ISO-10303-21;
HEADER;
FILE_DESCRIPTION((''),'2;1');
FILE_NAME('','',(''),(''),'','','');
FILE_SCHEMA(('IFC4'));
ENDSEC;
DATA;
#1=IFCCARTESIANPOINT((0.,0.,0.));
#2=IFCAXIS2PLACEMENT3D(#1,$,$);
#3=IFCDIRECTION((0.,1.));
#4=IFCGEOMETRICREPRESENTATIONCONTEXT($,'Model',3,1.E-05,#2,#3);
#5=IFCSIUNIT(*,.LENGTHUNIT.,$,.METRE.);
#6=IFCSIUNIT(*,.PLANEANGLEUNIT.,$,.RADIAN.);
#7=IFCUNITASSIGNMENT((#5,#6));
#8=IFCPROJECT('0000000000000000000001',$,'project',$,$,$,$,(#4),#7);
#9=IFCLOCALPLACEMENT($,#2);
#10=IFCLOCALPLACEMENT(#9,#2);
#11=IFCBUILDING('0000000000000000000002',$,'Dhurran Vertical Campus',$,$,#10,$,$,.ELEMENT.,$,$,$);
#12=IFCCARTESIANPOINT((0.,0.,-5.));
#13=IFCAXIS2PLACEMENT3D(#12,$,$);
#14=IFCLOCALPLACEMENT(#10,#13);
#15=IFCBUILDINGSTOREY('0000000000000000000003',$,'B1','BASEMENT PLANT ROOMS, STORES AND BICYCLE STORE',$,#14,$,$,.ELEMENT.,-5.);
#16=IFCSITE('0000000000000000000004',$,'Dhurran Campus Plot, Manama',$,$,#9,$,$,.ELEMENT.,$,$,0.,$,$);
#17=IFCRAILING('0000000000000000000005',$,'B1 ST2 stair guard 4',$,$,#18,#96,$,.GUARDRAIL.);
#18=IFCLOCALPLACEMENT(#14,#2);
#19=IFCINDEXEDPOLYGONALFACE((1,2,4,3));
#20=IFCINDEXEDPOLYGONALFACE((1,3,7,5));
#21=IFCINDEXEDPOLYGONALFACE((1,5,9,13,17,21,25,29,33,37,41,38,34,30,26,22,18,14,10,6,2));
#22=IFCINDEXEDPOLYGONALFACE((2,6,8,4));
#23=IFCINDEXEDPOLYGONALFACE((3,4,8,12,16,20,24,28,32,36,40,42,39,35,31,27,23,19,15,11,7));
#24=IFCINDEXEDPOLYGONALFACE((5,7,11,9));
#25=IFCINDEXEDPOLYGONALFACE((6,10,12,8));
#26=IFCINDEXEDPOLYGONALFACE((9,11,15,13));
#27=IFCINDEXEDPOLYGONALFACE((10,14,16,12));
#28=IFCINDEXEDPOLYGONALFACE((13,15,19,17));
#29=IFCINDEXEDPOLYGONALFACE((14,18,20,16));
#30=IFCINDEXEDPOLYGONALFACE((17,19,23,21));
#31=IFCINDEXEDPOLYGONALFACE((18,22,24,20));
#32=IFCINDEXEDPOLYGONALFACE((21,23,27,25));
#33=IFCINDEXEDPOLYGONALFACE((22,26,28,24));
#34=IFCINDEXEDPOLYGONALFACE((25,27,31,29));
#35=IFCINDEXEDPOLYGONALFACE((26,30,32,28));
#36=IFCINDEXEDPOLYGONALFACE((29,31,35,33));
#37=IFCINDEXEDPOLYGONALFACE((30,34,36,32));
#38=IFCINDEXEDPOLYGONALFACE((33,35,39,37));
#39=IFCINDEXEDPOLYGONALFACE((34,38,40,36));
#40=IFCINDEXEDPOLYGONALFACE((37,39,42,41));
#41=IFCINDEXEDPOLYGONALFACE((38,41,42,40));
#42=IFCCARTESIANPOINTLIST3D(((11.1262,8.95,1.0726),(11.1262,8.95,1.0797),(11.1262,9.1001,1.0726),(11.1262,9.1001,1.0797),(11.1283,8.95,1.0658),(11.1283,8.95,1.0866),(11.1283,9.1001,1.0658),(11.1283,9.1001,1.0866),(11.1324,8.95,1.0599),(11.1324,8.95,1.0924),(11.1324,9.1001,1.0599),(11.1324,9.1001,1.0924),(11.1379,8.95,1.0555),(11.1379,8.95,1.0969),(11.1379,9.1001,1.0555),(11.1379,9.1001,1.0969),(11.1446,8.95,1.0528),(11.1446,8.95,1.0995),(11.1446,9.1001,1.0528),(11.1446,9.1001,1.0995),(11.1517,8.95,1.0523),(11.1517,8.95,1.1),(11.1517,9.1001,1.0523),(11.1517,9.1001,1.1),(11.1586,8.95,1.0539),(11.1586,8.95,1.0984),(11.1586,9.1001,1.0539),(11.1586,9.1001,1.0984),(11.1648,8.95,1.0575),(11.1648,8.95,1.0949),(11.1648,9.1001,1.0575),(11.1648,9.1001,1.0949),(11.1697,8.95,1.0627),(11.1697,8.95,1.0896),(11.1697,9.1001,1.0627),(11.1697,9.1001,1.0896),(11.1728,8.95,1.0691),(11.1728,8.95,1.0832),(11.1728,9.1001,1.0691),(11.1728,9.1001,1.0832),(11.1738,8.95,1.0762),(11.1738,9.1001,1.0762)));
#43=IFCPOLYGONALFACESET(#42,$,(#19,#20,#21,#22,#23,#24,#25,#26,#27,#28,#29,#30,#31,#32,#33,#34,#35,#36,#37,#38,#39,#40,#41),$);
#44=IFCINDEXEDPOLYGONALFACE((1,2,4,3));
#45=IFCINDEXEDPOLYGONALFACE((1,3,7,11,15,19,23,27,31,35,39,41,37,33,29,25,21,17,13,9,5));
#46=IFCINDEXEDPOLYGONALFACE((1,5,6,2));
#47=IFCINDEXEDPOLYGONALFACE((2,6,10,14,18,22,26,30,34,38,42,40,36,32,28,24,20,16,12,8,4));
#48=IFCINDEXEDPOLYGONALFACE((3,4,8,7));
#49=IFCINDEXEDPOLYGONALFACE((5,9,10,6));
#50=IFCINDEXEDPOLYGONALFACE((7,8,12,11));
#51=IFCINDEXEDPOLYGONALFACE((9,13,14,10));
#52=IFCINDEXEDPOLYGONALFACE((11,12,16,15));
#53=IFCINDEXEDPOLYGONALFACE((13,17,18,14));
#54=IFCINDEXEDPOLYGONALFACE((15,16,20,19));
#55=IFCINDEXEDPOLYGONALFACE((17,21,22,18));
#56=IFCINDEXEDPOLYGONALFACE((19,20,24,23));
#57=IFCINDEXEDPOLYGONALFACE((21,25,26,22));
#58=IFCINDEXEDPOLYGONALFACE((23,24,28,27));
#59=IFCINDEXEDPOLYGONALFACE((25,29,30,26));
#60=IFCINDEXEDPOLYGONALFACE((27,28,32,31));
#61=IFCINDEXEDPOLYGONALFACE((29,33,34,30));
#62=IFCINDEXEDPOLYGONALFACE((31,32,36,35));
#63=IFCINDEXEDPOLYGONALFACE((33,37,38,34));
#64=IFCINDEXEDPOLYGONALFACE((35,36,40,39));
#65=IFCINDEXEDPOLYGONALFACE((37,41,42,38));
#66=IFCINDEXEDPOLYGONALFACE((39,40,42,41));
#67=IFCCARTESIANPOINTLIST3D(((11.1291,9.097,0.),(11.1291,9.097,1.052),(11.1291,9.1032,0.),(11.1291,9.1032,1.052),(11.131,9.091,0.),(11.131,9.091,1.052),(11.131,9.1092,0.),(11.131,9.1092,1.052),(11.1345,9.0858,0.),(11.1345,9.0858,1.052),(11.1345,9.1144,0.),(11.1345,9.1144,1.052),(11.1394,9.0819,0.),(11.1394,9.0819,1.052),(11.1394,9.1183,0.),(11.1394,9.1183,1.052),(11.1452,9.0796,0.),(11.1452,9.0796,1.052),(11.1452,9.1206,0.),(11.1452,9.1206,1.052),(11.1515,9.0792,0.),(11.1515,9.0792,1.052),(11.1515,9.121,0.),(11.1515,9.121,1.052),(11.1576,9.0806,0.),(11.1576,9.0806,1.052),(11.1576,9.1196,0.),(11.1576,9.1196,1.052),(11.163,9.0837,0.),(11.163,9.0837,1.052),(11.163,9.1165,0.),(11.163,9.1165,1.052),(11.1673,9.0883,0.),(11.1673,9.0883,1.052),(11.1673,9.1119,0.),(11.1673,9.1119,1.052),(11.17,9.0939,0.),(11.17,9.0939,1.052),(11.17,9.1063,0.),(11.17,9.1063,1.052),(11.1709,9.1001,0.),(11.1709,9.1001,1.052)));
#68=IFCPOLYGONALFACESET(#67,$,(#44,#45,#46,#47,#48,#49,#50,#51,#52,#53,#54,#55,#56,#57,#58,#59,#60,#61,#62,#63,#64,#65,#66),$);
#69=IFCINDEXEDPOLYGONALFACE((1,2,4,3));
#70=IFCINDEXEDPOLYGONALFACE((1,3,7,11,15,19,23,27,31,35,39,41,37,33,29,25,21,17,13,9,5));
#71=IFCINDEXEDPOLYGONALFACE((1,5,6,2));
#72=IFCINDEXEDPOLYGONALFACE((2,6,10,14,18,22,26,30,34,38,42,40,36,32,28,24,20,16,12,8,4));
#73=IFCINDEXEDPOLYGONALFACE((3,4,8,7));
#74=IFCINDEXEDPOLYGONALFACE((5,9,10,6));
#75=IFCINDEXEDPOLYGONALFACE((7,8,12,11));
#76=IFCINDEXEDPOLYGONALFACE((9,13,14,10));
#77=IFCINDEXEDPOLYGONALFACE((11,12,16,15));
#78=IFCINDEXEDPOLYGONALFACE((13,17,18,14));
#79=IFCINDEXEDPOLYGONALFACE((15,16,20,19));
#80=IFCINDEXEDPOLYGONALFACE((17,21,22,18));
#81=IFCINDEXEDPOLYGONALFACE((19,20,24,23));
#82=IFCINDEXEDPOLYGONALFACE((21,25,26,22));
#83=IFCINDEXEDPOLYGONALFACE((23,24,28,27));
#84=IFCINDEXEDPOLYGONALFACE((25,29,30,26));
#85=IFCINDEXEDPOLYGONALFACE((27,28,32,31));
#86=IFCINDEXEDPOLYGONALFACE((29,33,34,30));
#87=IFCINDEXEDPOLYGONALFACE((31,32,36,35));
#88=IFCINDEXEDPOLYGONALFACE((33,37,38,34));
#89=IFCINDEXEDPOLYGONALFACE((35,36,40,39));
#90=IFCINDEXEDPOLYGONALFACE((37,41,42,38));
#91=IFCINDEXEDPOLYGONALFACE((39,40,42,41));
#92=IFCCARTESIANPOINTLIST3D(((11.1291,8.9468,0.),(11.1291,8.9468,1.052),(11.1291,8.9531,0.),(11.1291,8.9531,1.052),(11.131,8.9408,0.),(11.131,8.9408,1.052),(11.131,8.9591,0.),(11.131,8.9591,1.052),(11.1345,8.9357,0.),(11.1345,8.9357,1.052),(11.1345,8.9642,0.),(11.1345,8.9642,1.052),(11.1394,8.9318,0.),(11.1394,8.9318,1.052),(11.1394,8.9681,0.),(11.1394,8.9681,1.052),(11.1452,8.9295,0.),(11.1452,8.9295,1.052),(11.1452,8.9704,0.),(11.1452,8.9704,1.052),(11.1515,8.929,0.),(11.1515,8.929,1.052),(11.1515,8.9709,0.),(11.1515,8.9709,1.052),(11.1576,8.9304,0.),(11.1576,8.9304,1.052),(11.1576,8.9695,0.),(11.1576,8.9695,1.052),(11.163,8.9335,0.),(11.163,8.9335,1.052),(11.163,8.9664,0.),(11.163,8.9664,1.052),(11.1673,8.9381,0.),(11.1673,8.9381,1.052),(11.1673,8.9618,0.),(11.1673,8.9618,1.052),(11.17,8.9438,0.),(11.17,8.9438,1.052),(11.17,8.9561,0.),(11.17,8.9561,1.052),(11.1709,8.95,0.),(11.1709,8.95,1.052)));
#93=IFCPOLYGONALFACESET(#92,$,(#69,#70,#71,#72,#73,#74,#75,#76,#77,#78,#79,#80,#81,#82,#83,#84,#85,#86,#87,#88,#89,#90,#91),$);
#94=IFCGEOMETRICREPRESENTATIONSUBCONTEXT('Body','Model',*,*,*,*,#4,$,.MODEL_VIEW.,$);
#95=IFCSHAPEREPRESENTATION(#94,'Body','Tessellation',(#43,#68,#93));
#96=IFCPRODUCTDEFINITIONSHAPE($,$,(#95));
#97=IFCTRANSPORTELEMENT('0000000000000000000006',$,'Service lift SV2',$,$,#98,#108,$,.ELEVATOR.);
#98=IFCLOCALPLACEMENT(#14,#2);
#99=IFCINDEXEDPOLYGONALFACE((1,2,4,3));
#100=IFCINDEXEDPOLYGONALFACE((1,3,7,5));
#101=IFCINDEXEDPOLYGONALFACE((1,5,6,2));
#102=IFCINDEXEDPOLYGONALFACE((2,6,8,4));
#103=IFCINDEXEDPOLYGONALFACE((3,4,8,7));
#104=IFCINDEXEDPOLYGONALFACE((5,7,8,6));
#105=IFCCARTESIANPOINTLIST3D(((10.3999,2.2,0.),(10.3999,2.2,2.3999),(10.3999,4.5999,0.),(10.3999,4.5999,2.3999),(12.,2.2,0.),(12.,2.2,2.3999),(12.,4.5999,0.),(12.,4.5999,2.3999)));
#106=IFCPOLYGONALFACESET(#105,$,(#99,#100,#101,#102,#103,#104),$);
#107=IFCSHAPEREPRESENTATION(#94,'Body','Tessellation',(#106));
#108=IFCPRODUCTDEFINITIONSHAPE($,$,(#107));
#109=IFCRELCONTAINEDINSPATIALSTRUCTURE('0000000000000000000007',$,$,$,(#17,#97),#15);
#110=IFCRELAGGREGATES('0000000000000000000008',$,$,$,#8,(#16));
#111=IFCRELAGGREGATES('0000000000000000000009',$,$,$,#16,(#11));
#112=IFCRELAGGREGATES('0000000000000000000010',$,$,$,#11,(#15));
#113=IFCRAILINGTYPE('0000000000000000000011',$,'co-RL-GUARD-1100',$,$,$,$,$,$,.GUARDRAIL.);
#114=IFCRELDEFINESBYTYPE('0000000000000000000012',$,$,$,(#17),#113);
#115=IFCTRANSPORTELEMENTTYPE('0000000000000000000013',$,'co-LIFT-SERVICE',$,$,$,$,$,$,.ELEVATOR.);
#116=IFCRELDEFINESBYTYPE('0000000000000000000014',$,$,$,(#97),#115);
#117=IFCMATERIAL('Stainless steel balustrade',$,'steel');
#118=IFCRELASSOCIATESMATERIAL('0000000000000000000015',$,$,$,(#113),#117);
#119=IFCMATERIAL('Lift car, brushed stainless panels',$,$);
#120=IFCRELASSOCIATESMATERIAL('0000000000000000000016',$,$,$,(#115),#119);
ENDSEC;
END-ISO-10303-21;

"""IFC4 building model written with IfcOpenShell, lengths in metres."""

from ifc_helpers import new_model, si_unit, direction, frame, origin, origin_2d, place, context, subcontext, project, spatial, rectangle, circle, extrude, material, type_object, element, save


model = new_model("IFC4")

# Units and contexts
model_context = context("Model", 3, precision=1e-05, world=origin(), true_north=direction((0.0, 1.0)))
body_context = subcontext(model_context, "Body", "Model", "MODEL_VIEW")
ifc_project = project(units=[si_unit("LENGTHUNIT", "METRE"), si_unit("PLANEANGLEUNIT", "RADIAN")], contexts=[model_context])

# Site, building, storey
site_placement = place(None, origin())
site = spatial("IfcSite", under=ifc_project, at=site_placement, Name="Dhurran Campus Plot, Manama", CompositionType="ELEMENT", RefElevation=0.0)
building_placement = place(site_placement, origin())
building = spatial("IfcBuilding", under=site, at=building_placement, Name="Dhurran Vertical Campus", CompositionType="ELEMENT")
storey_placement = place(building_placement, frame((0.0, 0.0, -5.0)))
storey = spatial("IfcBuildingStorey", under=building, at=storey_placement, Name="B1", Description="BASEMENT PLANT ROOMS, STORES AND BICYCLE STORE", CompositionType="ELEMENT", Elevation=-5.0)

# Railing
ifc_material_1 = material(Name="Stainless steel balustrade", Category="steel")
railing_type = type_object("IfcRailingType", Name="co-RL-GUARD-1100", PredefinedType="GUARDRAIL", material=ifc_material_1)
railing_placement = place(storey_placement, frame((11.1499, 9.1001, 0.0)))
element("IfcRailing", 1, at=railing_placement, inside=storey, type_object=railing_type, Name="B1 ST2 stair guard 4", PredefinedType="GUARDRAIL", context=body_context, shape_type="SweptSolid", body=[
    extrude(circle(Radius=0.0239, at=origin_2d()), frame((0.0, 0.0, 1.0762), z_axis=(0.0, -1.0, 0.0), x_axis=(1.0, 0.0, 0.0)), (0.0, 0.0, 1.0), 0.1501),
    extrude(circle(Radius=0.021, at=origin_2d()), origin(), (0.0, 0.0, 1.0), 1.052),
    extrude(circle(Radius=0.021, at=origin_2d()), frame((0.0, -0.1501, 0.0)), (0.0, 0.0, 1.0), 1.052),
])

# Transport element
ifc_material_2 = material(Name="Lift car, brushed stainless panels")
transport_element_type = type_object("IfcTransportElementType", Name="co-LIFT-SERVICE", PredefinedType="ELEVATOR", material=ifc_material_2)
transport_element_placement = place(storey_placement, frame((11.2, 3.3999, 0.0), z_axis=(0.0, 0.0, 1.0), x_axis=(1.0, 0.0, 0.0)))
element("IfcTransportElement", 2, at=transport_element_placement, inside=storey, type_object=transport_element_type, Name="Service lift SV2", PredefinedType="ELEVATOR", context=body_context, shape_type="SweptSolid", body=[
    extrude(rectangle(XDim=1.6001, YDim=2.3999, at=origin_2d()), origin(), (0.0, 0.0, 1.0), 2.3999),
])

save(model, "model.ifc")
